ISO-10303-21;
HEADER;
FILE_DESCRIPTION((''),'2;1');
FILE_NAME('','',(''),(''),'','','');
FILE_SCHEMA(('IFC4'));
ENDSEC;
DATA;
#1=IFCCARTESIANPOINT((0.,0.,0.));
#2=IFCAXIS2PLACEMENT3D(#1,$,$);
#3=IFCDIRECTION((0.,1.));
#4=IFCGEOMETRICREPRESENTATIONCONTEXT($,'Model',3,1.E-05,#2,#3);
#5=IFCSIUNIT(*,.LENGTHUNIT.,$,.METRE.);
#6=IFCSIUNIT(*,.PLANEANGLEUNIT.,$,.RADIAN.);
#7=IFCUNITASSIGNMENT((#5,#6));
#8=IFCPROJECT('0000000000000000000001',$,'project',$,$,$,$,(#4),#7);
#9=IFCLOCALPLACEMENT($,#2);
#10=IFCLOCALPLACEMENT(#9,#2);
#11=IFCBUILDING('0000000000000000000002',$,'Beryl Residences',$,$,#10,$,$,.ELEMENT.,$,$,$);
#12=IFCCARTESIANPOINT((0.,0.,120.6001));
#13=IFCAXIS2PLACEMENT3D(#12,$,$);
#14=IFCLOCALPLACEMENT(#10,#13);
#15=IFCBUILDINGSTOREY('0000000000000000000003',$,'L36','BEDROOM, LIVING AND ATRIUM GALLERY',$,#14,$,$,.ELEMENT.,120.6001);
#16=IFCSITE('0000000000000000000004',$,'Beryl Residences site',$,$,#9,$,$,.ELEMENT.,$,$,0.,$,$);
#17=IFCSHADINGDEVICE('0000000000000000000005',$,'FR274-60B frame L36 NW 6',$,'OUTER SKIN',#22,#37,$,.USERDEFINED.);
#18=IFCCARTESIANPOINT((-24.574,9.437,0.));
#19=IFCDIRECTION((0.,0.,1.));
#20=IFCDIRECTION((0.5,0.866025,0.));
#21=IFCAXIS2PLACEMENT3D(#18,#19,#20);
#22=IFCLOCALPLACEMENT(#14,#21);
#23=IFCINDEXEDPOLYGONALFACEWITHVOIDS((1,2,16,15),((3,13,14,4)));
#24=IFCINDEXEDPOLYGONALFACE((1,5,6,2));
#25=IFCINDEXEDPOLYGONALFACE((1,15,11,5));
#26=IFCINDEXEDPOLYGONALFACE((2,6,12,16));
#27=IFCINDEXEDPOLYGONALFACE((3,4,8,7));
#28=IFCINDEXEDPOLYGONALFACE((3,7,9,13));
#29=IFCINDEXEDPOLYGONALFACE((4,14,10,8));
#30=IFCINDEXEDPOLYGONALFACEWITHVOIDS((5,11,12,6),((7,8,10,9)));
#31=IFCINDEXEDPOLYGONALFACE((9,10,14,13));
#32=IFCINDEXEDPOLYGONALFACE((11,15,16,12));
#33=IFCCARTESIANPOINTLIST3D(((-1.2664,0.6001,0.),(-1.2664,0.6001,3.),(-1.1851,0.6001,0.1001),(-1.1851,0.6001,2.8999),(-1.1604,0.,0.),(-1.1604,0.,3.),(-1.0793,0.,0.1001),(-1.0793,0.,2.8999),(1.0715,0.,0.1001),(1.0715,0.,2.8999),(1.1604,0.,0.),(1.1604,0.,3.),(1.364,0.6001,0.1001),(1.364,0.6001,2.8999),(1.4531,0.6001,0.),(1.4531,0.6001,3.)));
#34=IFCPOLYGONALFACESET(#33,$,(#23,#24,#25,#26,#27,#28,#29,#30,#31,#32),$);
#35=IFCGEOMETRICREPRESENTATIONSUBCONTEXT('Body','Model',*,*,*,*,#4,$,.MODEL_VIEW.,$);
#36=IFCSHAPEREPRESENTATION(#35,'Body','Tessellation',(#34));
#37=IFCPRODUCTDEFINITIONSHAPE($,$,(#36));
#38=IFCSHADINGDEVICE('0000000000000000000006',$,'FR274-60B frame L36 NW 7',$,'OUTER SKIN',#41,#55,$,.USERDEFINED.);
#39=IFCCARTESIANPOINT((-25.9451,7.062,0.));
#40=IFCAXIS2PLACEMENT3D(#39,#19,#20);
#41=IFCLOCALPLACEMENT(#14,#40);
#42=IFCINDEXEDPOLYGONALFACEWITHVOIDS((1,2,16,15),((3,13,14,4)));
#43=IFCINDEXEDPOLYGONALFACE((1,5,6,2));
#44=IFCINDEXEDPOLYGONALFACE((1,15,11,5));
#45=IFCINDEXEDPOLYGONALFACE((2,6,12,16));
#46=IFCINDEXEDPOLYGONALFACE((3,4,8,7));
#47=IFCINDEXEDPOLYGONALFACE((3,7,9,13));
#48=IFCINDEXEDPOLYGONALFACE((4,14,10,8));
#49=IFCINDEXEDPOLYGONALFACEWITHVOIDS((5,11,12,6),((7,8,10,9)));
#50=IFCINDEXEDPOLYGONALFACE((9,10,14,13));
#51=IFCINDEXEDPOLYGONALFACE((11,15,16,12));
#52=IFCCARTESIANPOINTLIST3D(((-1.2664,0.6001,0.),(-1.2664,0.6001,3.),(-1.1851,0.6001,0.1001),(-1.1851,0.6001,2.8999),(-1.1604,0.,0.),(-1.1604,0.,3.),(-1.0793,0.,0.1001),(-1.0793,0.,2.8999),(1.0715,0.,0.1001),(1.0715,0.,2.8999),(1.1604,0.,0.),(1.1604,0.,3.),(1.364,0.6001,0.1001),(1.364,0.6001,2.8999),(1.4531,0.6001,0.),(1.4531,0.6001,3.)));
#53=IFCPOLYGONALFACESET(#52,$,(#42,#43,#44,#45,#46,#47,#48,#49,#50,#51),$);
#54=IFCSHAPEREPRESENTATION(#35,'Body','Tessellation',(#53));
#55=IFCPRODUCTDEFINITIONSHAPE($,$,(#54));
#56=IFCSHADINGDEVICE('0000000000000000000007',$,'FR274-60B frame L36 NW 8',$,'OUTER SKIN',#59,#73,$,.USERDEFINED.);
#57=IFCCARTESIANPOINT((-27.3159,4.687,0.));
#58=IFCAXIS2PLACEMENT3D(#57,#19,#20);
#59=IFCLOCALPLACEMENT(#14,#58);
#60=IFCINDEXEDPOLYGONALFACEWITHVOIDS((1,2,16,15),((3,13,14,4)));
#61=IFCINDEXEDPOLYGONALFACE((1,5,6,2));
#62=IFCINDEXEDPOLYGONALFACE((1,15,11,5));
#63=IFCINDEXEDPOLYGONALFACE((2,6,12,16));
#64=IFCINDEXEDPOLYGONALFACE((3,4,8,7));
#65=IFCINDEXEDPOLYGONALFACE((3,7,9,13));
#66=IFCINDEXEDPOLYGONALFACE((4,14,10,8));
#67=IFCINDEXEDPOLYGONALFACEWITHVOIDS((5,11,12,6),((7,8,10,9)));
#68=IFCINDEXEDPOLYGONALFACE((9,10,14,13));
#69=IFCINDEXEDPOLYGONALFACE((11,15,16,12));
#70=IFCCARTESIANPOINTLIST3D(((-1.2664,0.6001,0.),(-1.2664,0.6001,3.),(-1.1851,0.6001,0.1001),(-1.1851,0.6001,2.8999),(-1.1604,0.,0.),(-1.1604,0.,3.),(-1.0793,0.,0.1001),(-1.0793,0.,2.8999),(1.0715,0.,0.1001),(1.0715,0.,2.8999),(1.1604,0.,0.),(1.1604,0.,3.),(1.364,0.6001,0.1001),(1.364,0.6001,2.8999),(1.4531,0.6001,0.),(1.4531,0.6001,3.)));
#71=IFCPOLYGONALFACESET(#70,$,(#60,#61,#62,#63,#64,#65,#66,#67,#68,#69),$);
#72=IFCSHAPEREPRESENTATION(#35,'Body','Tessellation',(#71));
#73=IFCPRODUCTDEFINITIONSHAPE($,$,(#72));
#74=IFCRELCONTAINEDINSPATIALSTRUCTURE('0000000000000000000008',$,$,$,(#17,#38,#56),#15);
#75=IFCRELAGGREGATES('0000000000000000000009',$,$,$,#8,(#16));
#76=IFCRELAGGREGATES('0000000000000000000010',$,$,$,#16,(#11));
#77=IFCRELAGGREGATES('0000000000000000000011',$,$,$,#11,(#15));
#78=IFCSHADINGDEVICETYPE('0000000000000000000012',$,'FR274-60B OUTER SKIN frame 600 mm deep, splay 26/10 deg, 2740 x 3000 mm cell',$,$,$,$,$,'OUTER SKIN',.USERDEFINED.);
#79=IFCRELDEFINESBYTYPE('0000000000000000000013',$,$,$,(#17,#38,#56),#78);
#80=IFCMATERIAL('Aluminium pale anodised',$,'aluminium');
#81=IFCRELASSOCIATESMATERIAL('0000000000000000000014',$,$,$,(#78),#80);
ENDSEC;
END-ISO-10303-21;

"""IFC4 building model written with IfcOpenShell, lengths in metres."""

from ifc_helpers import new_model, entity, si_unit, direction, frame, origin, place, context, subcontext, project, spatial, source, transform, mapped, material, type_object, type_shapes, element, save


model = new_model("IFC4")

# Units and contexts
model_context = context("Model", 3, precision=1e-05, world=origin(), true_north=direction((0.0, 1.0)))
body_context = subcontext(model_context, "Body", "Model", "MODEL_VIEW")
ifc_project = project(units=[si_unit("LENGTHUNIT", "METRE"), si_unit("PLANEANGLEUNIT", "RADIAN")], contexts=[model_context])

# Site, building, storey
site_placement = place(None, origin())
site = spatial("IfcSite", under=ifc_project, at=site_placement, Name="Beryl Residences site", CompositionType="ELEMENT", RefElevation=0.0)
building_placement = place(site_placement, origin())
building = spatial("IfcBuilding", under=site, at=building_placement, Name="Beryl Residences", CompositionType="ELEMENT")
storey_placement = place(building_placement, frame((0.0, 0.0, 120.6001)))
storey = spatial("IfcBuildingStorey", under=building, at=storey_placement, Name="L36", Description="BEDROOM, LIVING AND ATRIUM GALLERY", CompositionType="ELEMENT", Elevation=120.6001)

# Shading devices
ifc_material_1 = material(Name="Aluminium pale anodised", Category="aluminium")
shading_device_type = type_object("IfcShadingDeviceType", Name="FR274-60B OUTER SKIN frame 600 mm deep, splay 26/10 deg, 2740 x 3000 mm cell", ElementType="OUTER SKIN", PredefinedType="USERDEFINED", material=ifc_material_1)
cartesian_point_1 = entity("IfcCartesianPoint", [-1.1604, 0.0])
cartesian_point_2 = entity("IfcCartesianPoint", [-1.0715, 0.1001])
cartesian_point_3 = entity("IfcCartesianPoint", [-1.4531, 0.0])
cartesian_point_4 = entity("IfcCartesianPoint", [-1.364, 0.1001])
shared_shape_1 = source(origin(), body_context, "Body", "SweptSolid", [
    entity("IfcExtrudedAreaSolidTapered", entity("IfcArbitraryProfileDefWithVoids", "AREA", None, entity("IfcPolyline", [cartesian_point_1, entity("IfcCartesianPoint", [1.1604, 0.0]), entity("IfcCartesianPoint", [1.1604, 3.0]), entity("IfcCartesianPoint", [-1.1604, 3.0]), cartesian_point_1]), [entity("IfcPolyline", [cartesian_point_2, entity("IfcCartesianPoint", [1.0793, 0.1001]), entity("IfcCartesianPoint", [1.0793, 2.8999]), entity("IfcCartesianPoint", [-1.0715, 2.8999]), cartesian_point_2])]), entity("IfcAxis2Placement3D", entity("IfcCartesianPoint", [0.0, 0.0, 0.0]), entity("IfcDirection", [0.0, 1.0, 0.0]), entity("IfcDirection", [-1.0, 0.0, 0.0])), entity("IfcDirection", [0.0, 0.0, 1.0]), 0.6001, entity("IfcArbitraryProfileDefWithVoids", "AREA", None, entity("IfcPolyline", [cartesian_point_3, entity("IfcCartesianPoint", [1.2664, 0.0]), entity("IfcCartesianPoint", [1.2664, 3.0]), entity("IfcCartesianPoint", [-1.4531, 3.0]), cartesian_point_3]), [entity("IfcPolyline", [cartesian_point_4, entity("IfcCartesianPoint", [1.1851, 0.1001]), entity("IfcCartesianPoint", [1.1851, 2.8999]), entity("IfcCartesianPoint", [-1.364, 2.8999]), cartesian_point_4])])),
])
type_shapes(shading_device_type, [shared_shape_1])
for number, where, z_axis, x_axis, name in (
    (1, (-24.574, 9.437, 0.0), (0.0, 0.0, 1.0), (0.5, 0.866025, 0.0), "FR274-60B frame L36 NW 6"),
    (2, (-25.9451, 7.062, 0.0), (0.0, 0.0, 1.0), (0.5, 0.866025, 0.0), "FR274-60B frame L36 NW 7"),
    (3, (-27.3159, 4.687, 0.0), (0.0, 0.0, 1.0), (0.5, 0.866025, 0.0), "FR274-60B frame L36 NW 8"),
):
    element("IfcShadingDevice", number, at=place(storey_placement, frame(where, z_axis=z_axis, x_axis=x_axis)), inside=storey, type_object=shading_device_type, Name=name, ObjectType="OUTER SKIN", PredefinedType="USERDEFINED", context=body_context, shape_type="MappedRepresentation", body=[
        mapped(shared_shape_1, transform((0.0, 0.0, 0.0))),
    ])

save(model, "model.ifc")
